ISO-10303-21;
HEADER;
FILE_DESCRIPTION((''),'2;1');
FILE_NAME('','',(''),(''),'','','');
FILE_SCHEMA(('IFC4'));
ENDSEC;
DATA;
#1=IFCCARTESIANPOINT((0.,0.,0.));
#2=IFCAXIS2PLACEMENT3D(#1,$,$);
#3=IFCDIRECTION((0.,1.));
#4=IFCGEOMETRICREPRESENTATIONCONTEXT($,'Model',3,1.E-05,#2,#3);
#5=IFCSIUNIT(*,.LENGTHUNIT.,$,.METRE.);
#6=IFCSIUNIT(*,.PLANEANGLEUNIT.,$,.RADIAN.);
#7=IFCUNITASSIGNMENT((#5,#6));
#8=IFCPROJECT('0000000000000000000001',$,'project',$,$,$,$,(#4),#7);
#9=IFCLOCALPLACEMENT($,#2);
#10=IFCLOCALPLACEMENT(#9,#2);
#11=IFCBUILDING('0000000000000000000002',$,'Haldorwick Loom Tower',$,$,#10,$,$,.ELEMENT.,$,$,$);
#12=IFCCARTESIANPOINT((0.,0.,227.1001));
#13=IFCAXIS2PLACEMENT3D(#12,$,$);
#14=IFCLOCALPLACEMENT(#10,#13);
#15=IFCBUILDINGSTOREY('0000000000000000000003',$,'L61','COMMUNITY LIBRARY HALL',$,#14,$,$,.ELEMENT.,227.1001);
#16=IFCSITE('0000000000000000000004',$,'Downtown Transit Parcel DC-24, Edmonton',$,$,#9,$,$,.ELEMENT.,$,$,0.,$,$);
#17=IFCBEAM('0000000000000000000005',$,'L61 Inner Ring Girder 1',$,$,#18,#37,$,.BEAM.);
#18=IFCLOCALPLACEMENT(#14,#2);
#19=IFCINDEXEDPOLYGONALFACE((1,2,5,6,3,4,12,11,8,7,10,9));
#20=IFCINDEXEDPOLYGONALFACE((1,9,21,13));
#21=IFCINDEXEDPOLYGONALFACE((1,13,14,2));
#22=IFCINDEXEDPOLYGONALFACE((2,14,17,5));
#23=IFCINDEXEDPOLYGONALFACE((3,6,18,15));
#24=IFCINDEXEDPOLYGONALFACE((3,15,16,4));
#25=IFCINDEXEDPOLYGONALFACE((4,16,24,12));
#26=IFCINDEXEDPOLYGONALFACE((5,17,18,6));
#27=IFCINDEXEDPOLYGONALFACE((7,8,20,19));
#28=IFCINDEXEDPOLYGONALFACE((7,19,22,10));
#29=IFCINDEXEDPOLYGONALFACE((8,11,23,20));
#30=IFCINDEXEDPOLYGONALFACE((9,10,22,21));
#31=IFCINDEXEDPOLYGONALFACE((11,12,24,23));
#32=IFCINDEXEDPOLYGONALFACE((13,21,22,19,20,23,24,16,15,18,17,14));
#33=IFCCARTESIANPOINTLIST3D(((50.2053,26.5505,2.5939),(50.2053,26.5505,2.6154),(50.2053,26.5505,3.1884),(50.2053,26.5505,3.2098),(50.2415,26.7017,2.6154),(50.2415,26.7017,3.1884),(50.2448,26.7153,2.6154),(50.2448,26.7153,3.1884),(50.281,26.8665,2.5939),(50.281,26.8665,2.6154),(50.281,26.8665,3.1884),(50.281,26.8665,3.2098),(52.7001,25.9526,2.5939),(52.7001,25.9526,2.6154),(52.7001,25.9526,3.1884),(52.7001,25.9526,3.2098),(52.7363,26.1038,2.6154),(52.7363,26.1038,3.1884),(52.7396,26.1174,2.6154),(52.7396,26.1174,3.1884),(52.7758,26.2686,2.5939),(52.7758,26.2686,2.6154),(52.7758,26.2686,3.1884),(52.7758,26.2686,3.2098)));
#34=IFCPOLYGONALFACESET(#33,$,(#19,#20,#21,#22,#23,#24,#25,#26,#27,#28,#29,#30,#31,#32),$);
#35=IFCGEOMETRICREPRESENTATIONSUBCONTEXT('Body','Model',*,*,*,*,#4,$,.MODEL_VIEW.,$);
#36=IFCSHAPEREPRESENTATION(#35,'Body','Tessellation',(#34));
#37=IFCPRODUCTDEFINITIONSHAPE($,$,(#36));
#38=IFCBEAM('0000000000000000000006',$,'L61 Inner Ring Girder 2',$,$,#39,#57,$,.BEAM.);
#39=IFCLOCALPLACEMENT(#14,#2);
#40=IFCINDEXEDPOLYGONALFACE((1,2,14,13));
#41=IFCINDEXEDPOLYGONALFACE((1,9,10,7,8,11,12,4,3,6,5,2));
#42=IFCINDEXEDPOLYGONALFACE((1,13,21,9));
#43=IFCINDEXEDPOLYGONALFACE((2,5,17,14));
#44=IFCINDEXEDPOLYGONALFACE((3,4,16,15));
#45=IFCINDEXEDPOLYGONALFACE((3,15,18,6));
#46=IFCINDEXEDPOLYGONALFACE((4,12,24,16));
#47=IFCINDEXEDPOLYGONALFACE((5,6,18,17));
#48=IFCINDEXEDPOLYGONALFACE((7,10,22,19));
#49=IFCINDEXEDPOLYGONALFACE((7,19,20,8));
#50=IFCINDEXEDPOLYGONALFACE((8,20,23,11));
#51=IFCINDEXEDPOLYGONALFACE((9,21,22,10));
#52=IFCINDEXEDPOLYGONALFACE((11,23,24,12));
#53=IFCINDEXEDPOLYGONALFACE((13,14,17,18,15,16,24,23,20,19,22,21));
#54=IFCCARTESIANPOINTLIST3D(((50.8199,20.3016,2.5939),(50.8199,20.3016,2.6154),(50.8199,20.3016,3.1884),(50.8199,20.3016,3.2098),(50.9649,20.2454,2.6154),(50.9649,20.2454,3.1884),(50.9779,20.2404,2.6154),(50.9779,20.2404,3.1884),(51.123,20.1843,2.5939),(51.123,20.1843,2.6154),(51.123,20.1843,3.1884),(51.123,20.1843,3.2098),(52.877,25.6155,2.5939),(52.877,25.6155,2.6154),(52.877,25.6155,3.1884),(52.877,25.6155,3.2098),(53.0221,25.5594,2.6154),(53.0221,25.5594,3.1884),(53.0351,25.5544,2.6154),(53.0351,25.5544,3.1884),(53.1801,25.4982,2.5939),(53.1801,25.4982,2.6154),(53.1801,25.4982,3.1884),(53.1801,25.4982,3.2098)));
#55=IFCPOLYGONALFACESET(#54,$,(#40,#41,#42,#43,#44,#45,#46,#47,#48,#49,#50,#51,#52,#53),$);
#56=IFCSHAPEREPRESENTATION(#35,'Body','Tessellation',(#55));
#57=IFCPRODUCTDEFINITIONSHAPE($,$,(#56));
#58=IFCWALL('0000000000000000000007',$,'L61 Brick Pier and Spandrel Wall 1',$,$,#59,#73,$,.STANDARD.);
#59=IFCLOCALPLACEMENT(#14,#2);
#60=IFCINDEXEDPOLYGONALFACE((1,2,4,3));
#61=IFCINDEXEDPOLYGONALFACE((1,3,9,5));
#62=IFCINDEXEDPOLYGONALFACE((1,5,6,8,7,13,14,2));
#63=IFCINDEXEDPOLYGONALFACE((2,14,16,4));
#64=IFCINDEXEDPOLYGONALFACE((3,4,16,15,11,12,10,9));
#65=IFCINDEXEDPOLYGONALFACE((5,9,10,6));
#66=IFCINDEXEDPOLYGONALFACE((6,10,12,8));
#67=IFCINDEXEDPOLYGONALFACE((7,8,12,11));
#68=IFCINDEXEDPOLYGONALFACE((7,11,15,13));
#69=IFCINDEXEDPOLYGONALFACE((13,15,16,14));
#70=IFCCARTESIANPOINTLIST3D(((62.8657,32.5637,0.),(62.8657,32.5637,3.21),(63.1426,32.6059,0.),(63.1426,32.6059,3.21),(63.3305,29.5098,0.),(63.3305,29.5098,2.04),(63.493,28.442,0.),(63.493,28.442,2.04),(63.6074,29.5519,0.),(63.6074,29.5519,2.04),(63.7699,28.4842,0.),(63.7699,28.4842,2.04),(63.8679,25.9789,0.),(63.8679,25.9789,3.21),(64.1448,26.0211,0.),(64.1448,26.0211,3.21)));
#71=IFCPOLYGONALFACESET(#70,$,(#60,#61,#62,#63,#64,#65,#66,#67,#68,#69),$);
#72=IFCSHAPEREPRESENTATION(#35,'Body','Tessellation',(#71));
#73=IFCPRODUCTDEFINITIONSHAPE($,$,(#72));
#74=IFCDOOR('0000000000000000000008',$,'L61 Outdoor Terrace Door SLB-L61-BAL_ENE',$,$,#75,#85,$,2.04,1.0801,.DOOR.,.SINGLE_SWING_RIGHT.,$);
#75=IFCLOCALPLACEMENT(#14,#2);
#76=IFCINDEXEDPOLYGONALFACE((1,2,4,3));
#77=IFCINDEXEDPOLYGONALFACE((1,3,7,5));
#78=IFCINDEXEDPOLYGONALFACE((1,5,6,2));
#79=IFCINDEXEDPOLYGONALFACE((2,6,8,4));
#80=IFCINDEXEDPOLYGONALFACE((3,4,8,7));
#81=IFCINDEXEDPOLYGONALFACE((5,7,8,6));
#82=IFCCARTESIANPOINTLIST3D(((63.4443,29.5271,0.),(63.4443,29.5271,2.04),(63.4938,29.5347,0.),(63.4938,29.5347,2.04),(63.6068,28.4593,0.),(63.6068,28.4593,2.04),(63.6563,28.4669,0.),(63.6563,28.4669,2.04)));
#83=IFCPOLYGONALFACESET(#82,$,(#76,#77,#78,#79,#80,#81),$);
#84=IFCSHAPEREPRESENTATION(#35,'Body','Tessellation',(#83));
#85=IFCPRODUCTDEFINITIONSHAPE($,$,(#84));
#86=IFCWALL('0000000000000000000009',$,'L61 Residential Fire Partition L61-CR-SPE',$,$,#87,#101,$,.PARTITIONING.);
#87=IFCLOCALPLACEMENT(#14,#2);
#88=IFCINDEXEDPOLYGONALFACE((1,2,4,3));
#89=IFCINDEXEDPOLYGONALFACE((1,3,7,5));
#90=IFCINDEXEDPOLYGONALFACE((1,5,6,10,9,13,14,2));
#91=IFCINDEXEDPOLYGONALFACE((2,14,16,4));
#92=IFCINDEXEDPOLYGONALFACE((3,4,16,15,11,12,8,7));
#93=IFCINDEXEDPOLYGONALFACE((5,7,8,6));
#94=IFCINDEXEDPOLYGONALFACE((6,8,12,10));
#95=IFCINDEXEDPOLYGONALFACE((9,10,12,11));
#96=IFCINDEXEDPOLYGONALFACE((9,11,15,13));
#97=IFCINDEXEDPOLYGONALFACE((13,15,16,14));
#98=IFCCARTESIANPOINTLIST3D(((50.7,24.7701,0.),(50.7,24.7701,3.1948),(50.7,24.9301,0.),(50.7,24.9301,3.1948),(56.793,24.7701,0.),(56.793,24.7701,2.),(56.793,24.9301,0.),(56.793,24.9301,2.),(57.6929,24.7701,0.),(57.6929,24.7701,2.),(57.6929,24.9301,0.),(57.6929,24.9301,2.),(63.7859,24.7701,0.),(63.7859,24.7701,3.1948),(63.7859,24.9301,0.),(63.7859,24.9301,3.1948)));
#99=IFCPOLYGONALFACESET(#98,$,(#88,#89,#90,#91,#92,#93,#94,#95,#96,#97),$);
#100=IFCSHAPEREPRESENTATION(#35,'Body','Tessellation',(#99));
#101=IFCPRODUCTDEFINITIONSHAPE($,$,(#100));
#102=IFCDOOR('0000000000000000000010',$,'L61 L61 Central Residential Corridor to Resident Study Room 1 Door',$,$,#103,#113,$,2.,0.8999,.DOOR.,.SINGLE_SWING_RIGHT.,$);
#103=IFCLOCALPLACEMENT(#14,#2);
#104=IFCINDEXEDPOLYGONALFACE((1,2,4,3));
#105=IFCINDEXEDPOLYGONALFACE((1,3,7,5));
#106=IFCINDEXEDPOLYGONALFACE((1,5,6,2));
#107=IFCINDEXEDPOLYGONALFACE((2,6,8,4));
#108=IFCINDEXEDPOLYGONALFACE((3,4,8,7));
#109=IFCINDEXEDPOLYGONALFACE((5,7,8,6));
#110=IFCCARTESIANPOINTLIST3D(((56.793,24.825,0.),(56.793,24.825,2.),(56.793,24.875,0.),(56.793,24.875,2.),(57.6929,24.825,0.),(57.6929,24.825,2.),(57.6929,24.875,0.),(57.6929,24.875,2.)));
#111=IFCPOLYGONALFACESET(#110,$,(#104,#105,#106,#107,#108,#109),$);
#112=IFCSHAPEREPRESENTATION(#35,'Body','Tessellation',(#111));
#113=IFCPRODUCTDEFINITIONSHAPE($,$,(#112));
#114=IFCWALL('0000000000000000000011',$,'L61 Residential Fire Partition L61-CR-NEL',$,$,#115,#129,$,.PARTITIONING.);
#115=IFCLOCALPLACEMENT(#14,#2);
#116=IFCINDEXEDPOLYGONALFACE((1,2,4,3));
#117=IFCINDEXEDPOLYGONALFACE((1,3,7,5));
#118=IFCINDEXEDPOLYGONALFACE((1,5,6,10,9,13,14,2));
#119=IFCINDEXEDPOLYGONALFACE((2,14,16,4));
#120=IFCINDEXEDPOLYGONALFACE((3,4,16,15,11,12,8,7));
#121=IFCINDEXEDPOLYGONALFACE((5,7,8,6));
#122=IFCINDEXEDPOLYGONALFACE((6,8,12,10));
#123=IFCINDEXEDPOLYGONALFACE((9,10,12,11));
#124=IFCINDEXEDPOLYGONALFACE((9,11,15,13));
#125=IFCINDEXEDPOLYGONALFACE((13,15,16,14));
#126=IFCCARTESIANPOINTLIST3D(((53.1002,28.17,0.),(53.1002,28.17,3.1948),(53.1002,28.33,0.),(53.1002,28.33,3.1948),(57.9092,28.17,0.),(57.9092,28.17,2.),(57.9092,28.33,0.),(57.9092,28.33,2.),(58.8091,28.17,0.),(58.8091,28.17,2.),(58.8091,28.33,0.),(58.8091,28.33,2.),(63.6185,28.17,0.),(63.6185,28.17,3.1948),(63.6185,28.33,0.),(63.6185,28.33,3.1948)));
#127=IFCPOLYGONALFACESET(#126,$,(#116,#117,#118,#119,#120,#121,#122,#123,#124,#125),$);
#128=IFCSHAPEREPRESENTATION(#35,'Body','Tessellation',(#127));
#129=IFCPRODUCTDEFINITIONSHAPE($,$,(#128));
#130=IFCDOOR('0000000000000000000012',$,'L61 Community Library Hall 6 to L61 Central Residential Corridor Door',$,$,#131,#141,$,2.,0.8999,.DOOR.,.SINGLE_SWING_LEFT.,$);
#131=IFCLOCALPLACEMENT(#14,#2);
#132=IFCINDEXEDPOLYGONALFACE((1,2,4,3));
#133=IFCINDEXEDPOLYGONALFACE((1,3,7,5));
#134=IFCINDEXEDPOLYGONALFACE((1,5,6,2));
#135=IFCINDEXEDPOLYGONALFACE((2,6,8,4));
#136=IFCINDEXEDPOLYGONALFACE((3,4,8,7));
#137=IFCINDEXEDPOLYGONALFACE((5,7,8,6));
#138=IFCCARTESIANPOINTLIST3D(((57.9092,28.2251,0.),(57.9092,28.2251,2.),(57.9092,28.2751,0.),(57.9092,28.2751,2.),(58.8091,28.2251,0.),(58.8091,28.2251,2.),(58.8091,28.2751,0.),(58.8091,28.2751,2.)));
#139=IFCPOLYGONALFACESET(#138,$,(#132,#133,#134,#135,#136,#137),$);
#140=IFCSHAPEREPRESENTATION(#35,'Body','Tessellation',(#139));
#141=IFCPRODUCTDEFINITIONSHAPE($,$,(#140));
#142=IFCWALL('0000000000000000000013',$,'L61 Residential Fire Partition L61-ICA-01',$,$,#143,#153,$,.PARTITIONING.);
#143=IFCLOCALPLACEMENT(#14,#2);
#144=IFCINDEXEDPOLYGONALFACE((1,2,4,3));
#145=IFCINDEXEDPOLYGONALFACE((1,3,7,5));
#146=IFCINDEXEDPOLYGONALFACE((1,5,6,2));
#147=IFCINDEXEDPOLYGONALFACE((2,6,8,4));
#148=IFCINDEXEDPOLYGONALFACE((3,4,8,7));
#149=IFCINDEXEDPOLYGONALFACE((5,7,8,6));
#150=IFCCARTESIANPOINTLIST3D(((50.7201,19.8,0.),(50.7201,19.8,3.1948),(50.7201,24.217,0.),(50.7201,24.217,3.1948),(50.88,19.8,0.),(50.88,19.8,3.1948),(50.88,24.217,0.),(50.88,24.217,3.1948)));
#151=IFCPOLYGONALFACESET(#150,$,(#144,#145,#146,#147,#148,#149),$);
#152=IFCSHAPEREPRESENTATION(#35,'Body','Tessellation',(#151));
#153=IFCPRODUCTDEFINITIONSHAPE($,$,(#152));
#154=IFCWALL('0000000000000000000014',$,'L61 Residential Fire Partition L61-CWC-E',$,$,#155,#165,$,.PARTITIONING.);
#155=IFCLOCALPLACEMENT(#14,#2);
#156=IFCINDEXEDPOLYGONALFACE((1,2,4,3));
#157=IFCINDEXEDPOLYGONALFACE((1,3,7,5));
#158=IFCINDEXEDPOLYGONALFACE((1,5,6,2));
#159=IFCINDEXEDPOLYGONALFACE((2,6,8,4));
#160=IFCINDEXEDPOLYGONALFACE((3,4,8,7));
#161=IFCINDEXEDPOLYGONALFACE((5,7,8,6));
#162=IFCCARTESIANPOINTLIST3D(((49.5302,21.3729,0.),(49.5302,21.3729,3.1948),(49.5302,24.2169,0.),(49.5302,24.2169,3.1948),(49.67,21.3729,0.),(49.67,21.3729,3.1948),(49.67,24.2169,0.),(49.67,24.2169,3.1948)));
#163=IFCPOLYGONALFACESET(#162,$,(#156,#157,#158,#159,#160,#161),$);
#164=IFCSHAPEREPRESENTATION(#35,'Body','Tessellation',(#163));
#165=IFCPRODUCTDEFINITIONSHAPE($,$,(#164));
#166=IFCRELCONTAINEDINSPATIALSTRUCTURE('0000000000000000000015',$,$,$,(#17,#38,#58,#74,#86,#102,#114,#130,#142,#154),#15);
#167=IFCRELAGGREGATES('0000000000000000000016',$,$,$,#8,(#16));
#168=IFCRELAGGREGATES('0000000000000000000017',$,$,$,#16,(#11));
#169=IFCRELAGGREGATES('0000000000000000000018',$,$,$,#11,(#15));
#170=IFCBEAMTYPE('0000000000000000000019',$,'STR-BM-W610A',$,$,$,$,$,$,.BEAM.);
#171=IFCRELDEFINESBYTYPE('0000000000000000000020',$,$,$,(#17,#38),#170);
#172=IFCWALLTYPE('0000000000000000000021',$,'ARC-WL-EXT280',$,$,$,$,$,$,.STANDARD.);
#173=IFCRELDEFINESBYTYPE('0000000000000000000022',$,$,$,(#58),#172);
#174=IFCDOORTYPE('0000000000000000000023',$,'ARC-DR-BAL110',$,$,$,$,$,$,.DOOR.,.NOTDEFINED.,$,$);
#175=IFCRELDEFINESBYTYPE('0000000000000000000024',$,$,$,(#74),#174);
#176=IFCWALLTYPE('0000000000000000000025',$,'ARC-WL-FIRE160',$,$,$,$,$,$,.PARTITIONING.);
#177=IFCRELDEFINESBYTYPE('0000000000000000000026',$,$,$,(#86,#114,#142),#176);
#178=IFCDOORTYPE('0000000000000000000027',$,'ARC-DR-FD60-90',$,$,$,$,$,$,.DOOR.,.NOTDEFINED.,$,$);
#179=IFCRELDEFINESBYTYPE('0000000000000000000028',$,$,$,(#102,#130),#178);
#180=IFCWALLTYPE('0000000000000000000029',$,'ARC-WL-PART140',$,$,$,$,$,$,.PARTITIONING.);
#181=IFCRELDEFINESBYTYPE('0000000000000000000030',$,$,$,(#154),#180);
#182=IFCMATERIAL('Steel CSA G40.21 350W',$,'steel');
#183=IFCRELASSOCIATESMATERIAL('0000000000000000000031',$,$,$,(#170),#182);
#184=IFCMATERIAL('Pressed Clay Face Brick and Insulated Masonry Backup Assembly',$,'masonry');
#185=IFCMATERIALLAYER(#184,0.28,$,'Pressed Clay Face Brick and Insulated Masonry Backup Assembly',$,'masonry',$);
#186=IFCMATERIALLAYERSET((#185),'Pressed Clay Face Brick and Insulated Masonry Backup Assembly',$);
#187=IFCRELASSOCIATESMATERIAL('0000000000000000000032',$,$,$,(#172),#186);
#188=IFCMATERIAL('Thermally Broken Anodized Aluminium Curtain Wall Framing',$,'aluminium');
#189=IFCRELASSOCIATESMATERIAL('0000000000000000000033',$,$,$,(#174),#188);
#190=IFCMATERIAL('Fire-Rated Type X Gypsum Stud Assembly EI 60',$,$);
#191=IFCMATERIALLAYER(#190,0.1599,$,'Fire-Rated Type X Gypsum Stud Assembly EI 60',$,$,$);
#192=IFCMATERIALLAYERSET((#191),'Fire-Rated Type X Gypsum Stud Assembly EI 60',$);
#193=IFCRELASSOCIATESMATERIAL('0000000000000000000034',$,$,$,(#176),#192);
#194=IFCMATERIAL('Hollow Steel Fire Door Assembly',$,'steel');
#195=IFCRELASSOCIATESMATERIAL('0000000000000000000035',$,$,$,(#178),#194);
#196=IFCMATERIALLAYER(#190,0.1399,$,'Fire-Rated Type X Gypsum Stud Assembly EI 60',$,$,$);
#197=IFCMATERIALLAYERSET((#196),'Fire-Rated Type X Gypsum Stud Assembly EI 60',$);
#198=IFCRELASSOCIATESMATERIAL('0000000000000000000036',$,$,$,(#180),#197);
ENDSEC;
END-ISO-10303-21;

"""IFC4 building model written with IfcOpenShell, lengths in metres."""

from ifc_helpers import new_model, si_unit, direction, frame, frame_2d, origin, origin_2d, place, context, subcontext, project, spatial, rectangle, i_section, extrude, material, layer, layer_set, material_profile, profile_set, type_object, element, fill, save


model = new_model("IFC4")

# Units and contexts
model_context = context("Model", 3, precision=1e-05, world=origin(), true_north=direction((0.0, 1.0)))
body_context = subcontext(model_context, "Body", "Model", "MODEL_VIEW")
ifc_project = project(units=[si_unit("LENGTHUNIT", "METRE"), si_unit("PLANEANGLEUNIT", "RADIAN")], contexts=[model_context])

# Site, building, storey
site_placement = place(None, origin())
site = spatial("IfcSite", under=ifc_project, at=site_placement, Name="Downtown Transit Parcel DC-24, Edmonton", CompositionType="ELEMENT", RefElevation=0.0)
building_placement = place(site_placement, origin())
building = spatial("IfcBuilding", under=site, at=building_placement, Name="Haldorwick Loom Tower", CompositionType="ELEMENT")
storey_placement = place(building_placement, frame((0.0, 0.0, 227.1001)))
storey = spatial("IfcBuildingStorey", under=building, at=storey_placement, Name="L61", Description="COMMUNITY LIBRARY HALL", CompositionType="ELEMENT", Elevation=227.1001)

# Shared definitions
ifc_material_1 = material(Name="Steel CSA G40.21 350W", Category="steel")

# Beams
ifc_material_profile_1 = material_profile(ifc_material_1, i_section(OverallWidth=0.325, OverallDepth=0.616, WebThickness=0.0139, FlangeThickness=0.0215, at=origin_2d()), Name="W610X174", Category="steel")
ifc_profile_set_1 = profile_set([ifc_material_profile_1], Name="Steel CSA G40.21 350W")
beam_type_1 = type_object("IfcBeamType", Name="STR-BM-W610A", PredefinedType="BEAM", material=ifc_profile_set_1)
beam_1_placement = place(storey_placement, frame((50.2432, 26.7085, 2.9019), z_axis=(0.972464, -0.233053, 0.0), x_axis=(0.233053, 0.972464, 0.0)))
element("IfcBeam", 1, at=beam_1_placement, inside=storey, type_object=beam_type_1, Name="L61 Inner Ring Girder 1", PredefinedType="BEAM", context=body_context, shape_type="SweptSolid", body=[
    extrude(i_section(OverallWidth=0.325, OverallDepth=0.616, WebThickness=0.0139, FlangeThickness=0.0215, at=origin_2d()), origin(), (0.0, 0.0, 1.0), 2.5654),
])
beam_2_placement = place(storey_placement, frame((53.0286, 25.5569, 2.9019), z_axis=(-0.361011, -0.932562, 0.0), x_axis=(0.932562, -0.361011, 0.0)))
element("IfcBeam", 2, at=beam_2_placement, inside=storey, type_object=beam_type_1, Name="L61 Inner Ring Girder 2", PredefinedType="BEAM", context=body_context, shape_type="SweptSolid", body=[
    extrude(i_section(OverallWidth=0.325, OverallDepth=0.616, WebThickness=0.0139, FlangeThickness=0.0215, at=origin_2d()), origin(), (0.0, 0.0, 1.0), 5.6982),
])

# Walls, openings, doors
ifc_material_2 = material(Name="Pressed Clay Face Brick and Insulated Masonry Backup Assembly", Category="masonry")
ifc_layer_1 = layer(ifc_material_2, 0.28, Name="Pressed Clay Face Brick and Insulated Masonry Backup Assembly", Category="masonry")
ifc_layer_set_1 = layer_set([ifc_layer_1], Name="Pressed Clay Face Brick and Insulated Masonry Backup Assembly")
wall_type_1 = type_object("IfcWallType", Name="ARC-WL-EXT280", PredefinedType="STANDARD", material=ifc_layer_set_1)
wall_1_placement = place(storey_placement, frame((64.0063, 26.0, 0.0), z_axis=(0.0, 0.0, 1.0), x_axis=(-0.150468, 0.988615, 0.0)))
wall_1 = element("IfcWall", 3, at=wall_1_placement, inside=storey, type_object=wall_type_1, Name="L61 Brick Pier and Spandrel Wall 1", PredefinedType="STANDARD", context=body_context, shape_type="SweptSolid", body=[
    extrude(rectangle(XDim=6.6606, YDim=0.28, at=frame_2d((3.3303, 0.0))), origin(), (0.0, 0.0, 1.0), 3.21),
])
opening_1_placement = place(wall_1_placement, frame((2.4915, 0.0, 0.0)))
opening_1 = element("IfcOpeningElement", 4, at=opening_1_placement, cuts=wall_1, PredefinedType="OPENING", context=body_context, shape_type="SweptSolid", body=[
    extrude(rectangle(XDim=1.0801, YDim=2.04, at=frame_2d((0.54, 1.02))), frame((0.0, 0.1499, 0.0), z_axis=(0.0, -1.0, 0.0), x_axis=(1.0, 0.0, 0.0)), (0.0, 0.0, 1.0), 0.3),
])
ifc_material_3 = material(Name="Thermally Broken Anodized Aluminium Curtain Wall Framing", Category="aluminium")
door_type_1 = type_object("IfcDoorType", Name="ARC-DR-BAL110", OperationType="NOTDEFINED", PredefinedType="DOOR", material=ifc_material_3)
door_1_placement = place(opening_1_placement, origin())
door_1 = element("IfcDoor", 5, at=door_1_placement, inside=storey, type_object=door_type_1, Name="L61 Outdoor Terrace Door SLB-L61-BAL_ENE", OperationType="SINGLE_SWING_RIGHT", OverallHeight=2.04, OverallWidth=1.0801, PredefinedType="DOOR", context=body_context, shape_type="SweptSolid", body=[
    extrude(rectangle(XDim=1.0801, YDim=2.04, at=frame_2d((0.54, 1.02))), frame((0.0, 0.0249, 0.0), z_axis=(0.0, -1.0, 0.0), x_axis=(1.0, 0.0, 0.0)), (0.0, 0.0, 1.0), 0.05),
])
fill(opening_1, door_1)
ifc_material_4 = material(Name="Fire-Rated Type X Gypsum Stud Assembly EI 60")
ifc_layer_2 = layer(ifc_material_4, 0.1599, Name="Fire-Rated Type X Gypsum Stud Assembly EI 60")
ifc_layer_set_2 = layer_set([ifc_layer_2], Name="Fire-Rated Type X Gypsum Stud Assembly EI 60")
wall_type_2 = type_object("IfcWallType", Name="ARC-WL-FIRE160", PredefinedType="PARTITIONING", material=ifc_layer_set_2)
wall_2_placement = place(storey_placement, frame((50.7, 24.8501, 0.0), z_axis=(0.0, 0.0, 1.0), x_axis=(1.0, 0.0, 0.0)))
wall_2 = element("IfcWall", 6, at=wall_2_placement, inside=storey, type_object=wall_type_2, Name="L61 Residential Fire Partition L61-CR-SPE", PredefinedType="PARTITIONING", context=body_context, shape_type="SweptSolid", body=[
    extrude(rectangle(XDim=13.0859, YDim=0.1599, at=frame_2d((6.543, 0.0))), origin(), (0.0, 0.0, 1.0), 3.1948),
])
opening_2_placement = place(wall_2_placement, frame((6.093, 0.0, 0.0)))
opening_2 = element("IfcOpeningElement", 7, at=opening_2_placement, cuts=wall_2, PredefinedType="OPENING", context=body_context, shape_type="SweptSolid", body=[
    extrude(rectangle(XDim=0.8999, YDim=2.0, at=frame_2d((0.45, 1.0))), frame((0.0, 0.0898, 0.0), z_axis=(0.0, -1.0, 0.0), x_axis=(1.0, 0.0, 0.0)), (0.0, 0.0, 1.0), 0.1799),
])
ifc_material_5 = material(Name="Hollow Steel Fire Door Assembly", Category="steel")
door_type_2 = type_object("IfcDoorType", Name="ARC-DR-FD60-90", OperationType="NOTDEFINED", PredefinedType="DOOR", material=ifc_material_5)
door_2_placement = place(opening_2_placement, origin())
door_2 = element("IfcDoor", 8, at=door_2_placement, inside=storey, type_object=door_type_2, Name="L61 L61 Central Residential Corridor to Resident Study Room 1 Door", OperationType="SINGLE_SWING_RIGHT", OverallHeight=2.0, OverallWidth=0.8999, PredefinedType="DOOR", context=body_context, shape_type="SweptSolid", body=[
    extrude(rectangle(XDim=0.8999, YDim=2.0, at=frame_2d((0.45, 1.0))), frame((0.0, 0.0249, 0.0), z_axis=(0.0, -1.0, 0.0), x_axis=(1.0, 0.0, 0.0)), (0.0, 0.0, 1.0), 0.05),
])
fill(opening_2, door_2)
wall_3_placement = place(storey_placement, frame((53.1001, 28.25, 0.0), z_axis=(0.0, 0.0, 1.0), x_axis=(1.0, 0.0, 0.0)))
wall_3 = element("IfcWall", 9, at=wall_3_placement, inside=storey, type_object=wall_type_2, Name="L61 Residential Fire Partition L61-CR-NEL", PredefinedType="PARTITIONING", context=body_context, shape_type="SweptSolid", body=[
    extrude(rectangle(XDim=10.5183, YDim=0.1599, at=frame_2d((5.2593, 0.0))), origin(), (0.0, 0.0, 1.0), 3.1948),
])
opening_3_placement = place(wall_3_placement, frame((4.8091, 0.0, 0.0)))
opening_3 = element("IfcOpeningElement", 10, at=opening_3_placement, cuts=wall_3, PredefinedType="OPENING", context=body_context, shape_type="SweptSolid", body=[
    extrude(rectangle(XDim=0.8999, YDim=2.0, at=frame_2d((0.45, 1.0))), frame((0.0, 0.0898, 0.0), z_axis=(0.0, -1.0, 0.0), x_axis=(1.0, 0.0, 0.0)), (0.0, 0.0, 1.0), 0.1799),
])
door_3_placement = place(opening_3_placement, frame((0.8999, 0.0, 0.0), z_axis=(0.0, 0.0, 1.0), x_axis=(-1.0, 0.0, 0.0)))
door_3 = element("IfcDoor", 11, at=door_3_placement, inside=storey, type_object=door_type_2, Name="L61 Community Library Hall 6 to L61 Central Residential Corridor Door", OperationType="SINGLE_SWING_LEFT", OverallHeight=2.0, OverallWidth=0.8999, PredefinedType="DOOR", context=body_context, shape_type="SweptSolid", body=[
    extrude(rectangle(XDim=0.8999, YDim=2.0, at=frame_2d((0.45, 1.0))), frame((0.0, 0.0249, 0.0), z_axis=(0.0, -1.0, 0.0), x_axis=(1.0, 0.0, 0.0)), (0.0, 0.0, 1.0), 0.05),
])
fill(opening_3, door_3)

# Walls
wall_4_placement = place(storey_placement, frame((50.8, 24.217, 0.0), z_axis=(0.0, 0.0, 1.0), x_axis=(0.0, -1.0, 0.0)))
element("IfcWall", 12, at=wall_4_placement, inside=storey, type_object=wall_type_2, Name="L61 Residential Fire Partition L61-ICA-01", PredefinedType="PARTITIONING", context=body_context, shape_type="SweptSolid", body=[
    extrude(rectangle(XDim=4.417, YDim=0.1599, at=frame_2d((2.2085, 0.0))), origin(), (0.0, 0.0, 1.0), 3.1948),
])
ifc_layer_3 = layer(ifc_material_4, 0.1399, Name="Fire-Rated Type X Gypsum Stud Assembly EI 60")
ifc_layer_set_3 = layer_set([ifc_layer_3], Name="Fire-Rated Type X Gypsum Stud Assembly EI 60")
wall_type_3 = type_object("IfcWallType", Name="ARC-WL-PART140", PredefinedType="PARTITIONING", material=ifc_layer_set_3)
wall_5_placement = place(storey_placement, frame((49.6001, 21.373, 0.0), z_axis=(0.0, 0.0, 1.0), x_axis=(0.0, 1.0, 0.0)))
element("IfcWall", 13, at=wall_5_placement, inside=storey, type_object=wall_type_3, Name="L61 Residential Fire Partition L61-CWC-E", PredefinedType="PARTITIONING", context=body_context, shape_type="SweptSolid", body=[
    extrude(rectangle(XDim=2.844, YDim=0.1399, at=frame_2d((1.4219, 0.0))), origin(), (0.0, 0.0, 1.0), 3.1948),
])

save(model, "model.ifc")
